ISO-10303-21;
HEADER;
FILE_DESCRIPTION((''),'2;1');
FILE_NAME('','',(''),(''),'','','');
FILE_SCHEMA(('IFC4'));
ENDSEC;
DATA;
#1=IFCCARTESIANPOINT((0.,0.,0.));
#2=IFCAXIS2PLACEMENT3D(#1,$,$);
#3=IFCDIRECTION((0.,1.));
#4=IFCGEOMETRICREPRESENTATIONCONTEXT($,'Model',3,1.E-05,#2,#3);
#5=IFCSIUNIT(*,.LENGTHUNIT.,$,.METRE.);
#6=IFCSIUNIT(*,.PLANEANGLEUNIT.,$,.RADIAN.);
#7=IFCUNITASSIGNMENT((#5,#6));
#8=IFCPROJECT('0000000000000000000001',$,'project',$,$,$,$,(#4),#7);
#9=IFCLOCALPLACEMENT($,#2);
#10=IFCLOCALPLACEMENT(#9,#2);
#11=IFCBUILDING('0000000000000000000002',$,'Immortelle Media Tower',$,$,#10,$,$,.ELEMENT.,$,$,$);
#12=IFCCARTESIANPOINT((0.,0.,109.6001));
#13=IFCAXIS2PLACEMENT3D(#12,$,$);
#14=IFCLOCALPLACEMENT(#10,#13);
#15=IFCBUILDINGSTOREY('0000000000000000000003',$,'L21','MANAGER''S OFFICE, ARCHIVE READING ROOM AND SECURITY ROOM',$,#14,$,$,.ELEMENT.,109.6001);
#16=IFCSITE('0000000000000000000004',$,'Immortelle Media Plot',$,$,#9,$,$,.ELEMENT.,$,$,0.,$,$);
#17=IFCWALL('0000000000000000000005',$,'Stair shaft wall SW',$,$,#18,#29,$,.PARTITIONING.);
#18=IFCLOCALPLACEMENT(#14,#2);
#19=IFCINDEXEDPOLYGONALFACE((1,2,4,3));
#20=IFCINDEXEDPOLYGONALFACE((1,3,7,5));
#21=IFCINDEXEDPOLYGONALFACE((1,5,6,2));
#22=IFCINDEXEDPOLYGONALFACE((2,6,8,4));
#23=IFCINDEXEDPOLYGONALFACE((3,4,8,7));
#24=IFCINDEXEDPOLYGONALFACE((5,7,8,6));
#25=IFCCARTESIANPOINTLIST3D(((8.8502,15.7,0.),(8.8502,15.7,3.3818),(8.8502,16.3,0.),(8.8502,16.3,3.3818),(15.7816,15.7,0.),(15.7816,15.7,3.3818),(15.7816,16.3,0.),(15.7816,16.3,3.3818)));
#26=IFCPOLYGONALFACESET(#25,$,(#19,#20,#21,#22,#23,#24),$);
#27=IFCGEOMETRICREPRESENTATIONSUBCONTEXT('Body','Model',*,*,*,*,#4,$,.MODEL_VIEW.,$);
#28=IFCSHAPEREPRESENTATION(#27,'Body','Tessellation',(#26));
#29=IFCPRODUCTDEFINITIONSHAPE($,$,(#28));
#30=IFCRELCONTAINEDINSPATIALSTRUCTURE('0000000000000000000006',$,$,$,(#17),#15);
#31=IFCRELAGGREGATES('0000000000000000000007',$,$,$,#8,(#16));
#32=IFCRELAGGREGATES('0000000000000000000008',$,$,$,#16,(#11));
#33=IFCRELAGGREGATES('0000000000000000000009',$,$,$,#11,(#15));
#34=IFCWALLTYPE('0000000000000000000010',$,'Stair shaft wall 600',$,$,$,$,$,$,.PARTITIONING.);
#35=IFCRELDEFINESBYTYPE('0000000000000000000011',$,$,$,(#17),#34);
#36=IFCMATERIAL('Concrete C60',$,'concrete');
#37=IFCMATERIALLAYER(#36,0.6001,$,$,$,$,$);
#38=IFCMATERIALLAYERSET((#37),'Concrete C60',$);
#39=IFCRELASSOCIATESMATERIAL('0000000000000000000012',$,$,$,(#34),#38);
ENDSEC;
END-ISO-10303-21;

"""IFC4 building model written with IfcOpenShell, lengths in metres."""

from ifc_helpers import new_model, si_unit, direction, frame, frame_2d, origin, place, context, subcontext, project, spatial, rectangle, extrude, material, layer, layer_set, type_object, element, save


model = new_model("IFC4")

# Units and contexts
model_context = context("Model", 3, precision=1e-05, world=origin(), true_north=direction((0.0, 1.0)))
body_context = subcontext(model_context, "Body", "Model", "MODEL_VIEW")
ifc_project = project(units=[si_unit("LENGTHUNIT", "METRE"), si_unit("PLANEANGLEUNIT", "RADIAN")], contexts=[model_context])

# Site, building, storey
site_placement = place(None, origin())
site = spatial("IfcSite", under=ifc_project, at=site_placement, Name="Immortelle Media Plot", CompositionType="ELEMENT", RefElevation=0.0)
building_placement = place(site_placement, origin())
building = spatial("IfcBuilding", under=site, at=building_placement, Name="Immortelle Media Tower", CompositionType="ELEMENT")
storey_placement = place(building_placement, frame((0.0, 0.0, 109.6001)))
storey = spatial("IfcBuildingStorey", under=building, at=storey_placement, Name="L21", Description="MANAGER'S OFFICE, ARCHIVE READING ROOM AND SECURITY ROOM", CompositionType="ELEMENT", Elevation=109.6001)

# Wall
ifc_material_1 = material(Name="Concrete C60", Category="concrete")
ifc_layer_1 = layer(ifc_material_1, 0.6001)
ifc_layer_set_1 = layer_set([ifc_layer_1], Name="Concrete C60")
wall_type_1 = type_object("IfcWallType", Name="Stair shaft wall 600", PredefinedType="PARTITIONING", material=ifc_layer_set_1)
wall_1_placement = place(storey_placement, frame((8.8501, 16.0, 0.0), z_axis=(0.0, 0.0, 1.0), x_axis=(1.0, 0.0, 0.0)))
element("IfcWall", 1, at=wall_1_placement, inside=storey, type_object=wall_type_1, Name="Stair shaft wall SW", PredefinedType="PARTITIONING", context=body_context, shape_type="SweptSolid", body=[
    extrude(rectangle(XDim=6.9314, YDim=0.6001, at=frame_2d((3.4658, 0.0))), origin(), (0.0, 0.0, 1.0), 3.3818),
])

save(model, "model.ifc")
